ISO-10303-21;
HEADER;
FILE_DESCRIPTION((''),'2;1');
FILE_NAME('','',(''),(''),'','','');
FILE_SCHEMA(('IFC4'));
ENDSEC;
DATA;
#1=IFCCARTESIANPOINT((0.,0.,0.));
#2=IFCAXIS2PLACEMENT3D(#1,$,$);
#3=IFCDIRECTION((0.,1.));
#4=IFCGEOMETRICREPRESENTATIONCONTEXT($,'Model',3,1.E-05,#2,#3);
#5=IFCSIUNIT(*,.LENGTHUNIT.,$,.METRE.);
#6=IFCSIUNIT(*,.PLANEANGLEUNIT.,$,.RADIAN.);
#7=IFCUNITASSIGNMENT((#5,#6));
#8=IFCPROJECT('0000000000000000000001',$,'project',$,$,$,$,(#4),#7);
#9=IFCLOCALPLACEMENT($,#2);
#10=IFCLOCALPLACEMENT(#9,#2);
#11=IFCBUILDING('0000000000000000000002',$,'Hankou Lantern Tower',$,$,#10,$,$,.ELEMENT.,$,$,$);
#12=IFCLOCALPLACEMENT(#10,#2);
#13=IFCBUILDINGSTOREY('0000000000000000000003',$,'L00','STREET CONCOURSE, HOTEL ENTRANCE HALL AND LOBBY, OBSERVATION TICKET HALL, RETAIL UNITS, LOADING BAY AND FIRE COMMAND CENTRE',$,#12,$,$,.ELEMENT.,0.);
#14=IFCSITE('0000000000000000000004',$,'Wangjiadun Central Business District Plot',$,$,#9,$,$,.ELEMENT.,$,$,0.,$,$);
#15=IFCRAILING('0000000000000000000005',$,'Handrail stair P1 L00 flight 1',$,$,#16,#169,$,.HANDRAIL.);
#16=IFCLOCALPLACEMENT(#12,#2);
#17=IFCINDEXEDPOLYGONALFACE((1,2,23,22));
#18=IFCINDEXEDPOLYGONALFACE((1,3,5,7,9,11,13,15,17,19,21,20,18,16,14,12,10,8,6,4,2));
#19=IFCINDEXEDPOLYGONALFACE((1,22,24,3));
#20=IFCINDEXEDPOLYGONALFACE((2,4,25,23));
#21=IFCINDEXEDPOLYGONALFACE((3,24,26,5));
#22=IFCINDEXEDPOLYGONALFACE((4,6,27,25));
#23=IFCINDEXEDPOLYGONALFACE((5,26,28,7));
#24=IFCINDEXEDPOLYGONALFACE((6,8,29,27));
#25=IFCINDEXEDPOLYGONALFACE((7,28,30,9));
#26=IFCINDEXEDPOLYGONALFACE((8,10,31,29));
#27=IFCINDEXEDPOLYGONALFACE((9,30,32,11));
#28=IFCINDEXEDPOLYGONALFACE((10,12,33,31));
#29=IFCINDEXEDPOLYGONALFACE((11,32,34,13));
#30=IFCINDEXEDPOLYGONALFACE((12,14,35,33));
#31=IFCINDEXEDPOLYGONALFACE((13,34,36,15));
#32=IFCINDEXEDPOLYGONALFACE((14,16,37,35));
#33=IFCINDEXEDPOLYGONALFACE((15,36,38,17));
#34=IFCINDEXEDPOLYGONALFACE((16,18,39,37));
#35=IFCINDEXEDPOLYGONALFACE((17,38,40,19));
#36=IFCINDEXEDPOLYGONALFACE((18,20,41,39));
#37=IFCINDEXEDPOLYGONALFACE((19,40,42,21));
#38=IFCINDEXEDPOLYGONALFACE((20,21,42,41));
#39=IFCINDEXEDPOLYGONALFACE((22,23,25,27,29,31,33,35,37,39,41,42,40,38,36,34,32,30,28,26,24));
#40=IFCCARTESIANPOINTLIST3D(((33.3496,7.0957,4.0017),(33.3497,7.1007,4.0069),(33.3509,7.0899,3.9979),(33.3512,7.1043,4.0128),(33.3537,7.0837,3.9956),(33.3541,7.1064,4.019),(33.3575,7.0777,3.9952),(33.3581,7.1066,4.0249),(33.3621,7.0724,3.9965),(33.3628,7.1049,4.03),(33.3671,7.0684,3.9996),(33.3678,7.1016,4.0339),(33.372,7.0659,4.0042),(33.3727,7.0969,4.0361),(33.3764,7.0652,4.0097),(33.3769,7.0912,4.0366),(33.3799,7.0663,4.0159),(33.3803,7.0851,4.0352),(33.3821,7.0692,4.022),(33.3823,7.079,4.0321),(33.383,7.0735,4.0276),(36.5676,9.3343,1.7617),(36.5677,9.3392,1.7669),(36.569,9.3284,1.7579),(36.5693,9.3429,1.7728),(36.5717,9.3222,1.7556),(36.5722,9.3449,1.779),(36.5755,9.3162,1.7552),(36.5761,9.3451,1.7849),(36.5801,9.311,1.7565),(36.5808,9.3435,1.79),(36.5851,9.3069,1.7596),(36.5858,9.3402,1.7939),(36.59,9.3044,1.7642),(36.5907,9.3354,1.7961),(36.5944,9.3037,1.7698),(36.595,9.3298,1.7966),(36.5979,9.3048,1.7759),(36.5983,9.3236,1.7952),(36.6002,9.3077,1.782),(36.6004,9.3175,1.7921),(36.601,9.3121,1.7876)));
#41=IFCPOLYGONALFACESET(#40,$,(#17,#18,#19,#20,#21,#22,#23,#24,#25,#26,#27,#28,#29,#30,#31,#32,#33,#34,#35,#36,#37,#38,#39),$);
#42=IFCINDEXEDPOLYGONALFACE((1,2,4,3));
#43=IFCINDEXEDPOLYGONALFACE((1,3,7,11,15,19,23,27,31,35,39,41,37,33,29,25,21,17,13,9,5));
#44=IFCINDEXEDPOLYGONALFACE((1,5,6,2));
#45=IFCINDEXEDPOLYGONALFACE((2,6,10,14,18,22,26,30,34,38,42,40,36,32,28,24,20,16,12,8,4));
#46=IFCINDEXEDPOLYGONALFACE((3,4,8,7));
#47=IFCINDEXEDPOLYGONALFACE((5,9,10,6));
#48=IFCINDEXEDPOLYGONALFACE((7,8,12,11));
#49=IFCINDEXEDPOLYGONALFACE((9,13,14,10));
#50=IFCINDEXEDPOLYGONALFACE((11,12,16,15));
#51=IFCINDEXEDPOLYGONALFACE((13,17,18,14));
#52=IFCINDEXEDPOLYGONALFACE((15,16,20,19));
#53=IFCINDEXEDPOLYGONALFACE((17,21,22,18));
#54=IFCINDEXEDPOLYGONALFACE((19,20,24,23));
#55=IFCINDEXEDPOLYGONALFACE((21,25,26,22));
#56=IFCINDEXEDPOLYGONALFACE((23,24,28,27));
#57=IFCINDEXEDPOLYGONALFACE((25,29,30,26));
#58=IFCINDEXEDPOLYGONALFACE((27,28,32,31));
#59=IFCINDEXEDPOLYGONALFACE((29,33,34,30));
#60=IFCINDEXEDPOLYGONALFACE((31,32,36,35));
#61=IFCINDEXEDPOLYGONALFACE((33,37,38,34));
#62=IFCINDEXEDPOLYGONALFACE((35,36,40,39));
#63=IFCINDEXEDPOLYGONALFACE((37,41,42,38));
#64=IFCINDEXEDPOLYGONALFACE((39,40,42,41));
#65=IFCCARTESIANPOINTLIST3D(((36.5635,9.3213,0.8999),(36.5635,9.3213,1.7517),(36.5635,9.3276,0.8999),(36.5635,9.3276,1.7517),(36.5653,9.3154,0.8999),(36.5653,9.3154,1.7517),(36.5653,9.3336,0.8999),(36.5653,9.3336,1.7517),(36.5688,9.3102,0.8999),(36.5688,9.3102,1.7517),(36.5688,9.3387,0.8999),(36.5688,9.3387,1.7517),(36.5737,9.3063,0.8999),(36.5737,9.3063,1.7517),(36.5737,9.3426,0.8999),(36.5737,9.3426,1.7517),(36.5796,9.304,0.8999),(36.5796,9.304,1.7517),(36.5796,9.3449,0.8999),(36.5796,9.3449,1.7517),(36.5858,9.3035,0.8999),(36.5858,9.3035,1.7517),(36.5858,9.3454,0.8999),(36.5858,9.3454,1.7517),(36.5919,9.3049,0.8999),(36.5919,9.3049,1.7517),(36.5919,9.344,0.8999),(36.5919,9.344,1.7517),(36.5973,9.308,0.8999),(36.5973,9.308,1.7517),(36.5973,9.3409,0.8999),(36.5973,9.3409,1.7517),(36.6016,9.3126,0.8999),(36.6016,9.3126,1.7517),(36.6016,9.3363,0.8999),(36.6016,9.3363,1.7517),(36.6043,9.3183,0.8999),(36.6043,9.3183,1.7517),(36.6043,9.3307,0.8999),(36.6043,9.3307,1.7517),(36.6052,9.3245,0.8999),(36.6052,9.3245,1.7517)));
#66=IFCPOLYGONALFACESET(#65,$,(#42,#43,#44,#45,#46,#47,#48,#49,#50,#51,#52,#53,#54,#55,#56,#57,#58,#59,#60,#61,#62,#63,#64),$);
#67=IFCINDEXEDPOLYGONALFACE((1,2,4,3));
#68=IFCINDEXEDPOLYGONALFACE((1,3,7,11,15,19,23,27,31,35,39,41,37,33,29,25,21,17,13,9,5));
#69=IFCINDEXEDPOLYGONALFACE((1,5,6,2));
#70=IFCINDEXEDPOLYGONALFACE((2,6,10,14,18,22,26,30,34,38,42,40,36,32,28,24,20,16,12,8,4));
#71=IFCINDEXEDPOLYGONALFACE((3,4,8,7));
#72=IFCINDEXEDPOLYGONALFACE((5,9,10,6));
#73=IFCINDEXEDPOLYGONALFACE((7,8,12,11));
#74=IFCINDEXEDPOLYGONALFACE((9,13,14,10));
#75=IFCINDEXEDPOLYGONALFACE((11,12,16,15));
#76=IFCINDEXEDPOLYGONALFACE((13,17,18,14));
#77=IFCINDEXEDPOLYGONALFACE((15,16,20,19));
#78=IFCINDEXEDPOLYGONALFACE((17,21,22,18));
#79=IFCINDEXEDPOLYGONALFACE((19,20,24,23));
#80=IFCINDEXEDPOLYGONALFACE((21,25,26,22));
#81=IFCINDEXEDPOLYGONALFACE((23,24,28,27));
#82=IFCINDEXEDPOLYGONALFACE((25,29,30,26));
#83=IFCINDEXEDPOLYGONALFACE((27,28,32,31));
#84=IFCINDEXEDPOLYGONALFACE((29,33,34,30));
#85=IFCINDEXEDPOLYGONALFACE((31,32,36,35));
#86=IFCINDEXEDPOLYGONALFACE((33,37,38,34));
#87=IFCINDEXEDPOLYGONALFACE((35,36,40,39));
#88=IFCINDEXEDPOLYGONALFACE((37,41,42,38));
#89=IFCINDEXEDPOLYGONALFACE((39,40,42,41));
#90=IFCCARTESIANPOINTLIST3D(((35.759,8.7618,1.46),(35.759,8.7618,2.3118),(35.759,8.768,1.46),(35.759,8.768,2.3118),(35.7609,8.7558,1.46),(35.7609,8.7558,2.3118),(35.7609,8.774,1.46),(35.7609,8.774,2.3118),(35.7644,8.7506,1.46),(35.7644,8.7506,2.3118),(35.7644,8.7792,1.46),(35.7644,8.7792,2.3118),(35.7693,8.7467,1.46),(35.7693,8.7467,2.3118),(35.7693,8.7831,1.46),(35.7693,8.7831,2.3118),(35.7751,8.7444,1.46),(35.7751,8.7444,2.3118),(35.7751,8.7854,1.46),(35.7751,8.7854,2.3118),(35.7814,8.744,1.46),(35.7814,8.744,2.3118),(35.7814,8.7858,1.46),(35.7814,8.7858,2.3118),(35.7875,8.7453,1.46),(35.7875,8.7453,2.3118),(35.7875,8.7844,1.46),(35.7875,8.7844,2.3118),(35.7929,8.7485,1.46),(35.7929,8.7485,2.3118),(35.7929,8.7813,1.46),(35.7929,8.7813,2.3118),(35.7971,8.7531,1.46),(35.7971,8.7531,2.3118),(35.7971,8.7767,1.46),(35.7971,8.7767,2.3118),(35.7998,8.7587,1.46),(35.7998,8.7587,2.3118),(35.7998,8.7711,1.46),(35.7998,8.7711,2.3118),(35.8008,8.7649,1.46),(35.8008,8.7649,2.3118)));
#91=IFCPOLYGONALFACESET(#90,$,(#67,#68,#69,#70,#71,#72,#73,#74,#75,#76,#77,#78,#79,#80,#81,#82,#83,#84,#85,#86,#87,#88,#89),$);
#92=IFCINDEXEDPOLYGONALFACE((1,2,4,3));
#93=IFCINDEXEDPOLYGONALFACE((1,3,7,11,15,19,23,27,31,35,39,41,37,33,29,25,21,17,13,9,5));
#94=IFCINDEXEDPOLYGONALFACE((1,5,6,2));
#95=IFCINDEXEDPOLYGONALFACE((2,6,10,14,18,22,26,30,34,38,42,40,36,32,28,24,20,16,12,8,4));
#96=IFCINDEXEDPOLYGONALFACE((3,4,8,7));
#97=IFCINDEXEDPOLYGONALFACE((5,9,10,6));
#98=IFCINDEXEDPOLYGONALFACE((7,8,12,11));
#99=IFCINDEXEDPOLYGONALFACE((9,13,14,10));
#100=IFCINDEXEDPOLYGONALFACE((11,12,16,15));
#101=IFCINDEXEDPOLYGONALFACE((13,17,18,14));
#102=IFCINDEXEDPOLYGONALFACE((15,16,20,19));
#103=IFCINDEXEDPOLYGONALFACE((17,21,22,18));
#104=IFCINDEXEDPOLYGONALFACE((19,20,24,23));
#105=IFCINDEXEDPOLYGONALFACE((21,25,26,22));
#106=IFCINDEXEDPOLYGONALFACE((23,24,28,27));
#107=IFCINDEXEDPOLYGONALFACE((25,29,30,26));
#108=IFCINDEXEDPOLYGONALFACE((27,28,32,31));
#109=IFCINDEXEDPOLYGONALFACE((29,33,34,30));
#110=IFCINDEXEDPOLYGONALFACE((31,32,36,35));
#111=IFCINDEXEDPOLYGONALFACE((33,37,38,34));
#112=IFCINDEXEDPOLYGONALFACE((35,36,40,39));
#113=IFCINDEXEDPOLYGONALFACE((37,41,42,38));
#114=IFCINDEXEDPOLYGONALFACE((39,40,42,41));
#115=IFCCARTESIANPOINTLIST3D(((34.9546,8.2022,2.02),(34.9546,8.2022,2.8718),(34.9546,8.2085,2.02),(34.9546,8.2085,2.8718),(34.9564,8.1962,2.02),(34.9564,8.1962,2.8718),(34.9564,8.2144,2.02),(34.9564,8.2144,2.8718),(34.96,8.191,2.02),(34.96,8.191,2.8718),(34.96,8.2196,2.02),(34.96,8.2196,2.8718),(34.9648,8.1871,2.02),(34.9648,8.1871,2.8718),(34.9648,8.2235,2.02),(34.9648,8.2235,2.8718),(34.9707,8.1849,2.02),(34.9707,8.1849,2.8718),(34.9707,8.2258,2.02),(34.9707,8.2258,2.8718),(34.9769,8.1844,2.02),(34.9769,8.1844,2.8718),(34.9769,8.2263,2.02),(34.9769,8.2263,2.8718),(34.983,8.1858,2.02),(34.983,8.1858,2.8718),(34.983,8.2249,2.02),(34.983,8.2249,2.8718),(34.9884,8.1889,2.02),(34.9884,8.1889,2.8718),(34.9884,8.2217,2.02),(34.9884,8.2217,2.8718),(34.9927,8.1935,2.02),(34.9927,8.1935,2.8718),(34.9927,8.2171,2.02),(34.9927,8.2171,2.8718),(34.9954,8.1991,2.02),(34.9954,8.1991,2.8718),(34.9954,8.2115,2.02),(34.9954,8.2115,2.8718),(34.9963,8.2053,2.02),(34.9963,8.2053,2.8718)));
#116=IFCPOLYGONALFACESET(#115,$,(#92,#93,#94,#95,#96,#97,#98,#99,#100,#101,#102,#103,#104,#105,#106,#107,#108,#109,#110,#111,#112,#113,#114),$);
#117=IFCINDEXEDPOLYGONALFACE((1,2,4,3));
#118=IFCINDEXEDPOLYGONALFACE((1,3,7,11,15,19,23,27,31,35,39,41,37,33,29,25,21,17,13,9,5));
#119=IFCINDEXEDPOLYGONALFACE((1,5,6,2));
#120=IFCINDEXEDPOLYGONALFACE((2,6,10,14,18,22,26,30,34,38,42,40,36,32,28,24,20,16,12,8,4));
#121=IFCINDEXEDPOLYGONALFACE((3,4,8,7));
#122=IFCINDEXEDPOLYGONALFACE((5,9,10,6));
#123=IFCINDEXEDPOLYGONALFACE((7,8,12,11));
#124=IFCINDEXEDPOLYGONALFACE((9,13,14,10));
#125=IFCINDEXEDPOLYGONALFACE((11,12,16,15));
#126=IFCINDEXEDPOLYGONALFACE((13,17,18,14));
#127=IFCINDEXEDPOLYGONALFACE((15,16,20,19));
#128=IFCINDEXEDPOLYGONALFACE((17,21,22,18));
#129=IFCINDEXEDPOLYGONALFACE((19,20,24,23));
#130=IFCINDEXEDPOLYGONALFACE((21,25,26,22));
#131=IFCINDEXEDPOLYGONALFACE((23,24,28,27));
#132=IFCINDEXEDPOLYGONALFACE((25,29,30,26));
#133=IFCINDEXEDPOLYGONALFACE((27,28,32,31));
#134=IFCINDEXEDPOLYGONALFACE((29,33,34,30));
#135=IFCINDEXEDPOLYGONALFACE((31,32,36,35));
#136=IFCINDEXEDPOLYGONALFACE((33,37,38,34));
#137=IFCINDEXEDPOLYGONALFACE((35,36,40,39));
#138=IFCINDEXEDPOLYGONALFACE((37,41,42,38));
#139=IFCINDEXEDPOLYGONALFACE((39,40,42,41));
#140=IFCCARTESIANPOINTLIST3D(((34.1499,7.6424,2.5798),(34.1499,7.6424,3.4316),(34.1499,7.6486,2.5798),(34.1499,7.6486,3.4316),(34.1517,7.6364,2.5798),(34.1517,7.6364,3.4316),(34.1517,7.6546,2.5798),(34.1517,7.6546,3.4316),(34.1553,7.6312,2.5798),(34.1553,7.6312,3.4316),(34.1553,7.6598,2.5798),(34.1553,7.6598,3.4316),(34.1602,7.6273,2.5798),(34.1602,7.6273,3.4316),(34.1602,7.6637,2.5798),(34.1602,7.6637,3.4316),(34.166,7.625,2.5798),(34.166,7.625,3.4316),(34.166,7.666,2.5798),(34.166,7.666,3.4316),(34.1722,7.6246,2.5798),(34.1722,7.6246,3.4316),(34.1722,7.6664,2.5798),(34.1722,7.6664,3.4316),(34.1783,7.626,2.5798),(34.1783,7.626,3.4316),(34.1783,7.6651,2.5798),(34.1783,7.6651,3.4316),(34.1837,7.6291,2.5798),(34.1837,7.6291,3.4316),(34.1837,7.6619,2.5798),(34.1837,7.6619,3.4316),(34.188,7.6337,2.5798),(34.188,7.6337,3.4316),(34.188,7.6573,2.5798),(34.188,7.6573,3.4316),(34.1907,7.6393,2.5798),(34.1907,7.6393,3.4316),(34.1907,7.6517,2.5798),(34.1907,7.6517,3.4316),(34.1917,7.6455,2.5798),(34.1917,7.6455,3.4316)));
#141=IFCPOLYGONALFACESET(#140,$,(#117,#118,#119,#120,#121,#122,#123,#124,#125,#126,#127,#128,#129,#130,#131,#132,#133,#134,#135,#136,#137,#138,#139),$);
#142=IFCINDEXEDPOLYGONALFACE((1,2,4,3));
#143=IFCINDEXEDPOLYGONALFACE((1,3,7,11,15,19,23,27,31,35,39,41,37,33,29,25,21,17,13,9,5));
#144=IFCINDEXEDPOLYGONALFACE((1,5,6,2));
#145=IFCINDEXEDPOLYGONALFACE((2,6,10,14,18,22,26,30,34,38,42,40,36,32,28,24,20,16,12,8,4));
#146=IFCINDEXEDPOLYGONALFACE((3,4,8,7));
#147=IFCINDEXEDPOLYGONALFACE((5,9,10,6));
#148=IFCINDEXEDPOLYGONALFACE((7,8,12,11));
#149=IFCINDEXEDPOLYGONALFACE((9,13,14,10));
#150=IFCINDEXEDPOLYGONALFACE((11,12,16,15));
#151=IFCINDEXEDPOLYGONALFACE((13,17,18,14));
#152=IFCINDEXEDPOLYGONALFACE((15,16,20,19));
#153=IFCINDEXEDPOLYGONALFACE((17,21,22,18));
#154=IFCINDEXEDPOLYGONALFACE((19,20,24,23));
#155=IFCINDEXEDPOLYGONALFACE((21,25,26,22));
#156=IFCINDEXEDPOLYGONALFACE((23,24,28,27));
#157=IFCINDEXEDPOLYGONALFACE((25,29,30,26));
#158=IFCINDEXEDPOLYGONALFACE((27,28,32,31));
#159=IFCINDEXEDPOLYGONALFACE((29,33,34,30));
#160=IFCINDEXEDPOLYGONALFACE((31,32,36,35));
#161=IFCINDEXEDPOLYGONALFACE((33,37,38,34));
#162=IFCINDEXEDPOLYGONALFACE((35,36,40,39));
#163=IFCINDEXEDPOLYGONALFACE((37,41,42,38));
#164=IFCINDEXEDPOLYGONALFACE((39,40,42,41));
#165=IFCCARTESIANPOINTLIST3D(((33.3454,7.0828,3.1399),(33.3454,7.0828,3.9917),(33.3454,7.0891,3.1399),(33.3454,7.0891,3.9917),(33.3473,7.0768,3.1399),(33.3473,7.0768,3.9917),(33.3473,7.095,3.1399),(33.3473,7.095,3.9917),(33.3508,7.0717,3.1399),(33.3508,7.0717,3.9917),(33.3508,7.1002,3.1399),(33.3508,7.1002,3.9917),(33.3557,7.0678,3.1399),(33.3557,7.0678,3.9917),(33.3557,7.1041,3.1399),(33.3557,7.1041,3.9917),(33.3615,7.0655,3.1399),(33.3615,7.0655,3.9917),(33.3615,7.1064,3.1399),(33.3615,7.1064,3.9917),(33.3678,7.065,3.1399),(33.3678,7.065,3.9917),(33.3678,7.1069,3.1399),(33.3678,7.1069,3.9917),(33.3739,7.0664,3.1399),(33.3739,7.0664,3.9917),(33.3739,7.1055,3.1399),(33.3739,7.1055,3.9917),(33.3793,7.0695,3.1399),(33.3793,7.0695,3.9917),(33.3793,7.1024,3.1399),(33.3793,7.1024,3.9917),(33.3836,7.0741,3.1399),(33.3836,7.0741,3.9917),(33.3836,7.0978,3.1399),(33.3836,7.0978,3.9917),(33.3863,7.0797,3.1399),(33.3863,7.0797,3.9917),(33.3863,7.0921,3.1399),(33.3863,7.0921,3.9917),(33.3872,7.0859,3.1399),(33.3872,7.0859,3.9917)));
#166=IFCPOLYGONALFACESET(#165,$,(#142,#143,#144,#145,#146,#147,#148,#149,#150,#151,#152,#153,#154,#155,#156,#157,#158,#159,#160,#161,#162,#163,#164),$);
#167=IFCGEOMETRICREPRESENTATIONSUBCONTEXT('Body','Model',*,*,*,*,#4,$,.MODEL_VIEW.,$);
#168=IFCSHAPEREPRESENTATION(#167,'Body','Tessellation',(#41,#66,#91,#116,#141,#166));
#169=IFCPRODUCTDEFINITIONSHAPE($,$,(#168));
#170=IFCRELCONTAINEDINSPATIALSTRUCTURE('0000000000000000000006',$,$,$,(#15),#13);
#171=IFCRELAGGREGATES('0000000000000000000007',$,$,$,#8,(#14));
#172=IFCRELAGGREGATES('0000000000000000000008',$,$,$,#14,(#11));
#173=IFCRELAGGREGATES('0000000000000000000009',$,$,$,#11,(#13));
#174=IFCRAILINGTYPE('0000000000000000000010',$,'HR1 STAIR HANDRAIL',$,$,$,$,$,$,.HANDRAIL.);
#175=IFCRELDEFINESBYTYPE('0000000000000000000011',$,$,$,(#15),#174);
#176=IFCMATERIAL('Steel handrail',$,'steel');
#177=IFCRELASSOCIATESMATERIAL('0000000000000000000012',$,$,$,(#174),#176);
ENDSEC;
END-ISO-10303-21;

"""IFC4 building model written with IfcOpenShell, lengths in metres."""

from ifc_helpers import new_model, si_unit, direction, frame, origin, origin_2d, place, context, subcontext, project, spatial, circle, extrude, material, type_object, element, save


model = new_model("IFC4")

# Units and contexts
model_context = context("Model", 3, precision=1e-05, world=origin(), true_north=direction((0.0, 1.0)))
body_context = subcontext(model_context, "Body", "Model", "MODEL_VIEW")
ifc_project = project(units=[si_unit("LENGTHUNIT", "METRE"), si_unit("PLANEANGLEUNIT", "RADIAN")], contexts=[model_context])

# Site, building, storey
site_placement = place(None, origin())
site = spatial("IfcSite", under=ifc_project, at=site_placement, Name="Wangjiadun Central Business District Plot", CompositionType="ELEMENT", RefElevation=0.0)
building_placement = place(site_placement, origin())
building = spatial("IfcBuilding", under=site, at=building_placement, Name="Hankou Lantern Tower", CompositionType="ELEMENT")
storey_placement = place(building_placement, origin())
storey = spatial("IfcBuildingStorey", under=building, at=storey_placement, Name="L00", Description="STREET CONCOURSE, HOTEL ENTRANCE HALL AND LOBBY, OBSERVATION TICKET HALL, RETAIL UNITS, LOADING BAY AND FIRE COMMAND CENTRE", CompositionType="ELEMENT", Elevation=0.0)

# Railing
ifc_material_1 = material(Name="Steel handrail", Category="steel")
railing_type = type_object("IfcRailingType", Name="HR1 STAIR HANDRAIL", PredefinedType="HANDRAIL", material=ifc_material_1)
for number, where, name in (
    (1, (36.5842, 9.3245, 0.8999), "Handrail stair P1 L00 flight 1"),
):
    element("IfcRailing", number, at=place(storey_placement, frame(where)), inside=storey, type_object=railing_type, Name=name, PredefinedType="HANDRAIL", context=body_context, shape_type="SweptSolid", body=[
        extrude(circle(Radius=0.0239, at=origin_2d()), frame((0.0, 0.0, 0.876), z_axis=(-0.712757, -0.49581, 0.496134), x_axis=(0.571048, -0.820917, 0.0)), (0.0, 0.0, 1.0), 4.5149),
        extrude(circle(Radius=0.021, at=origin_2d()), origin(), (0.0, 0.0, 1.0), 0.8518),
        extrude(circle(Radius=0.021, at=origin_2d()), frame((-0.8044, -0.5596, 0.5601)), (0.0, 0.0, 1.0), 0.8518),
        extrude(circle(Radius=0.021, at=origin_2d()), frame((-1.6089, -1.1191, 1.1201)), (0.0, 0.0, 1.0), 0.8518),
        extrude(circle(Radius=0.021, at=origin_2d()), frame((-2.4136, -1.679, 1.6799)), (0.0, 0.0, 1.0), 0.8518),
        extrude(circle(Radius=0.021, at=origin_2d()), frame((-3.218, -2.2385, 2.24)), (0.0, 0.0, 1.0), 0.8518),
    ])

save(model, "model.ifc")
